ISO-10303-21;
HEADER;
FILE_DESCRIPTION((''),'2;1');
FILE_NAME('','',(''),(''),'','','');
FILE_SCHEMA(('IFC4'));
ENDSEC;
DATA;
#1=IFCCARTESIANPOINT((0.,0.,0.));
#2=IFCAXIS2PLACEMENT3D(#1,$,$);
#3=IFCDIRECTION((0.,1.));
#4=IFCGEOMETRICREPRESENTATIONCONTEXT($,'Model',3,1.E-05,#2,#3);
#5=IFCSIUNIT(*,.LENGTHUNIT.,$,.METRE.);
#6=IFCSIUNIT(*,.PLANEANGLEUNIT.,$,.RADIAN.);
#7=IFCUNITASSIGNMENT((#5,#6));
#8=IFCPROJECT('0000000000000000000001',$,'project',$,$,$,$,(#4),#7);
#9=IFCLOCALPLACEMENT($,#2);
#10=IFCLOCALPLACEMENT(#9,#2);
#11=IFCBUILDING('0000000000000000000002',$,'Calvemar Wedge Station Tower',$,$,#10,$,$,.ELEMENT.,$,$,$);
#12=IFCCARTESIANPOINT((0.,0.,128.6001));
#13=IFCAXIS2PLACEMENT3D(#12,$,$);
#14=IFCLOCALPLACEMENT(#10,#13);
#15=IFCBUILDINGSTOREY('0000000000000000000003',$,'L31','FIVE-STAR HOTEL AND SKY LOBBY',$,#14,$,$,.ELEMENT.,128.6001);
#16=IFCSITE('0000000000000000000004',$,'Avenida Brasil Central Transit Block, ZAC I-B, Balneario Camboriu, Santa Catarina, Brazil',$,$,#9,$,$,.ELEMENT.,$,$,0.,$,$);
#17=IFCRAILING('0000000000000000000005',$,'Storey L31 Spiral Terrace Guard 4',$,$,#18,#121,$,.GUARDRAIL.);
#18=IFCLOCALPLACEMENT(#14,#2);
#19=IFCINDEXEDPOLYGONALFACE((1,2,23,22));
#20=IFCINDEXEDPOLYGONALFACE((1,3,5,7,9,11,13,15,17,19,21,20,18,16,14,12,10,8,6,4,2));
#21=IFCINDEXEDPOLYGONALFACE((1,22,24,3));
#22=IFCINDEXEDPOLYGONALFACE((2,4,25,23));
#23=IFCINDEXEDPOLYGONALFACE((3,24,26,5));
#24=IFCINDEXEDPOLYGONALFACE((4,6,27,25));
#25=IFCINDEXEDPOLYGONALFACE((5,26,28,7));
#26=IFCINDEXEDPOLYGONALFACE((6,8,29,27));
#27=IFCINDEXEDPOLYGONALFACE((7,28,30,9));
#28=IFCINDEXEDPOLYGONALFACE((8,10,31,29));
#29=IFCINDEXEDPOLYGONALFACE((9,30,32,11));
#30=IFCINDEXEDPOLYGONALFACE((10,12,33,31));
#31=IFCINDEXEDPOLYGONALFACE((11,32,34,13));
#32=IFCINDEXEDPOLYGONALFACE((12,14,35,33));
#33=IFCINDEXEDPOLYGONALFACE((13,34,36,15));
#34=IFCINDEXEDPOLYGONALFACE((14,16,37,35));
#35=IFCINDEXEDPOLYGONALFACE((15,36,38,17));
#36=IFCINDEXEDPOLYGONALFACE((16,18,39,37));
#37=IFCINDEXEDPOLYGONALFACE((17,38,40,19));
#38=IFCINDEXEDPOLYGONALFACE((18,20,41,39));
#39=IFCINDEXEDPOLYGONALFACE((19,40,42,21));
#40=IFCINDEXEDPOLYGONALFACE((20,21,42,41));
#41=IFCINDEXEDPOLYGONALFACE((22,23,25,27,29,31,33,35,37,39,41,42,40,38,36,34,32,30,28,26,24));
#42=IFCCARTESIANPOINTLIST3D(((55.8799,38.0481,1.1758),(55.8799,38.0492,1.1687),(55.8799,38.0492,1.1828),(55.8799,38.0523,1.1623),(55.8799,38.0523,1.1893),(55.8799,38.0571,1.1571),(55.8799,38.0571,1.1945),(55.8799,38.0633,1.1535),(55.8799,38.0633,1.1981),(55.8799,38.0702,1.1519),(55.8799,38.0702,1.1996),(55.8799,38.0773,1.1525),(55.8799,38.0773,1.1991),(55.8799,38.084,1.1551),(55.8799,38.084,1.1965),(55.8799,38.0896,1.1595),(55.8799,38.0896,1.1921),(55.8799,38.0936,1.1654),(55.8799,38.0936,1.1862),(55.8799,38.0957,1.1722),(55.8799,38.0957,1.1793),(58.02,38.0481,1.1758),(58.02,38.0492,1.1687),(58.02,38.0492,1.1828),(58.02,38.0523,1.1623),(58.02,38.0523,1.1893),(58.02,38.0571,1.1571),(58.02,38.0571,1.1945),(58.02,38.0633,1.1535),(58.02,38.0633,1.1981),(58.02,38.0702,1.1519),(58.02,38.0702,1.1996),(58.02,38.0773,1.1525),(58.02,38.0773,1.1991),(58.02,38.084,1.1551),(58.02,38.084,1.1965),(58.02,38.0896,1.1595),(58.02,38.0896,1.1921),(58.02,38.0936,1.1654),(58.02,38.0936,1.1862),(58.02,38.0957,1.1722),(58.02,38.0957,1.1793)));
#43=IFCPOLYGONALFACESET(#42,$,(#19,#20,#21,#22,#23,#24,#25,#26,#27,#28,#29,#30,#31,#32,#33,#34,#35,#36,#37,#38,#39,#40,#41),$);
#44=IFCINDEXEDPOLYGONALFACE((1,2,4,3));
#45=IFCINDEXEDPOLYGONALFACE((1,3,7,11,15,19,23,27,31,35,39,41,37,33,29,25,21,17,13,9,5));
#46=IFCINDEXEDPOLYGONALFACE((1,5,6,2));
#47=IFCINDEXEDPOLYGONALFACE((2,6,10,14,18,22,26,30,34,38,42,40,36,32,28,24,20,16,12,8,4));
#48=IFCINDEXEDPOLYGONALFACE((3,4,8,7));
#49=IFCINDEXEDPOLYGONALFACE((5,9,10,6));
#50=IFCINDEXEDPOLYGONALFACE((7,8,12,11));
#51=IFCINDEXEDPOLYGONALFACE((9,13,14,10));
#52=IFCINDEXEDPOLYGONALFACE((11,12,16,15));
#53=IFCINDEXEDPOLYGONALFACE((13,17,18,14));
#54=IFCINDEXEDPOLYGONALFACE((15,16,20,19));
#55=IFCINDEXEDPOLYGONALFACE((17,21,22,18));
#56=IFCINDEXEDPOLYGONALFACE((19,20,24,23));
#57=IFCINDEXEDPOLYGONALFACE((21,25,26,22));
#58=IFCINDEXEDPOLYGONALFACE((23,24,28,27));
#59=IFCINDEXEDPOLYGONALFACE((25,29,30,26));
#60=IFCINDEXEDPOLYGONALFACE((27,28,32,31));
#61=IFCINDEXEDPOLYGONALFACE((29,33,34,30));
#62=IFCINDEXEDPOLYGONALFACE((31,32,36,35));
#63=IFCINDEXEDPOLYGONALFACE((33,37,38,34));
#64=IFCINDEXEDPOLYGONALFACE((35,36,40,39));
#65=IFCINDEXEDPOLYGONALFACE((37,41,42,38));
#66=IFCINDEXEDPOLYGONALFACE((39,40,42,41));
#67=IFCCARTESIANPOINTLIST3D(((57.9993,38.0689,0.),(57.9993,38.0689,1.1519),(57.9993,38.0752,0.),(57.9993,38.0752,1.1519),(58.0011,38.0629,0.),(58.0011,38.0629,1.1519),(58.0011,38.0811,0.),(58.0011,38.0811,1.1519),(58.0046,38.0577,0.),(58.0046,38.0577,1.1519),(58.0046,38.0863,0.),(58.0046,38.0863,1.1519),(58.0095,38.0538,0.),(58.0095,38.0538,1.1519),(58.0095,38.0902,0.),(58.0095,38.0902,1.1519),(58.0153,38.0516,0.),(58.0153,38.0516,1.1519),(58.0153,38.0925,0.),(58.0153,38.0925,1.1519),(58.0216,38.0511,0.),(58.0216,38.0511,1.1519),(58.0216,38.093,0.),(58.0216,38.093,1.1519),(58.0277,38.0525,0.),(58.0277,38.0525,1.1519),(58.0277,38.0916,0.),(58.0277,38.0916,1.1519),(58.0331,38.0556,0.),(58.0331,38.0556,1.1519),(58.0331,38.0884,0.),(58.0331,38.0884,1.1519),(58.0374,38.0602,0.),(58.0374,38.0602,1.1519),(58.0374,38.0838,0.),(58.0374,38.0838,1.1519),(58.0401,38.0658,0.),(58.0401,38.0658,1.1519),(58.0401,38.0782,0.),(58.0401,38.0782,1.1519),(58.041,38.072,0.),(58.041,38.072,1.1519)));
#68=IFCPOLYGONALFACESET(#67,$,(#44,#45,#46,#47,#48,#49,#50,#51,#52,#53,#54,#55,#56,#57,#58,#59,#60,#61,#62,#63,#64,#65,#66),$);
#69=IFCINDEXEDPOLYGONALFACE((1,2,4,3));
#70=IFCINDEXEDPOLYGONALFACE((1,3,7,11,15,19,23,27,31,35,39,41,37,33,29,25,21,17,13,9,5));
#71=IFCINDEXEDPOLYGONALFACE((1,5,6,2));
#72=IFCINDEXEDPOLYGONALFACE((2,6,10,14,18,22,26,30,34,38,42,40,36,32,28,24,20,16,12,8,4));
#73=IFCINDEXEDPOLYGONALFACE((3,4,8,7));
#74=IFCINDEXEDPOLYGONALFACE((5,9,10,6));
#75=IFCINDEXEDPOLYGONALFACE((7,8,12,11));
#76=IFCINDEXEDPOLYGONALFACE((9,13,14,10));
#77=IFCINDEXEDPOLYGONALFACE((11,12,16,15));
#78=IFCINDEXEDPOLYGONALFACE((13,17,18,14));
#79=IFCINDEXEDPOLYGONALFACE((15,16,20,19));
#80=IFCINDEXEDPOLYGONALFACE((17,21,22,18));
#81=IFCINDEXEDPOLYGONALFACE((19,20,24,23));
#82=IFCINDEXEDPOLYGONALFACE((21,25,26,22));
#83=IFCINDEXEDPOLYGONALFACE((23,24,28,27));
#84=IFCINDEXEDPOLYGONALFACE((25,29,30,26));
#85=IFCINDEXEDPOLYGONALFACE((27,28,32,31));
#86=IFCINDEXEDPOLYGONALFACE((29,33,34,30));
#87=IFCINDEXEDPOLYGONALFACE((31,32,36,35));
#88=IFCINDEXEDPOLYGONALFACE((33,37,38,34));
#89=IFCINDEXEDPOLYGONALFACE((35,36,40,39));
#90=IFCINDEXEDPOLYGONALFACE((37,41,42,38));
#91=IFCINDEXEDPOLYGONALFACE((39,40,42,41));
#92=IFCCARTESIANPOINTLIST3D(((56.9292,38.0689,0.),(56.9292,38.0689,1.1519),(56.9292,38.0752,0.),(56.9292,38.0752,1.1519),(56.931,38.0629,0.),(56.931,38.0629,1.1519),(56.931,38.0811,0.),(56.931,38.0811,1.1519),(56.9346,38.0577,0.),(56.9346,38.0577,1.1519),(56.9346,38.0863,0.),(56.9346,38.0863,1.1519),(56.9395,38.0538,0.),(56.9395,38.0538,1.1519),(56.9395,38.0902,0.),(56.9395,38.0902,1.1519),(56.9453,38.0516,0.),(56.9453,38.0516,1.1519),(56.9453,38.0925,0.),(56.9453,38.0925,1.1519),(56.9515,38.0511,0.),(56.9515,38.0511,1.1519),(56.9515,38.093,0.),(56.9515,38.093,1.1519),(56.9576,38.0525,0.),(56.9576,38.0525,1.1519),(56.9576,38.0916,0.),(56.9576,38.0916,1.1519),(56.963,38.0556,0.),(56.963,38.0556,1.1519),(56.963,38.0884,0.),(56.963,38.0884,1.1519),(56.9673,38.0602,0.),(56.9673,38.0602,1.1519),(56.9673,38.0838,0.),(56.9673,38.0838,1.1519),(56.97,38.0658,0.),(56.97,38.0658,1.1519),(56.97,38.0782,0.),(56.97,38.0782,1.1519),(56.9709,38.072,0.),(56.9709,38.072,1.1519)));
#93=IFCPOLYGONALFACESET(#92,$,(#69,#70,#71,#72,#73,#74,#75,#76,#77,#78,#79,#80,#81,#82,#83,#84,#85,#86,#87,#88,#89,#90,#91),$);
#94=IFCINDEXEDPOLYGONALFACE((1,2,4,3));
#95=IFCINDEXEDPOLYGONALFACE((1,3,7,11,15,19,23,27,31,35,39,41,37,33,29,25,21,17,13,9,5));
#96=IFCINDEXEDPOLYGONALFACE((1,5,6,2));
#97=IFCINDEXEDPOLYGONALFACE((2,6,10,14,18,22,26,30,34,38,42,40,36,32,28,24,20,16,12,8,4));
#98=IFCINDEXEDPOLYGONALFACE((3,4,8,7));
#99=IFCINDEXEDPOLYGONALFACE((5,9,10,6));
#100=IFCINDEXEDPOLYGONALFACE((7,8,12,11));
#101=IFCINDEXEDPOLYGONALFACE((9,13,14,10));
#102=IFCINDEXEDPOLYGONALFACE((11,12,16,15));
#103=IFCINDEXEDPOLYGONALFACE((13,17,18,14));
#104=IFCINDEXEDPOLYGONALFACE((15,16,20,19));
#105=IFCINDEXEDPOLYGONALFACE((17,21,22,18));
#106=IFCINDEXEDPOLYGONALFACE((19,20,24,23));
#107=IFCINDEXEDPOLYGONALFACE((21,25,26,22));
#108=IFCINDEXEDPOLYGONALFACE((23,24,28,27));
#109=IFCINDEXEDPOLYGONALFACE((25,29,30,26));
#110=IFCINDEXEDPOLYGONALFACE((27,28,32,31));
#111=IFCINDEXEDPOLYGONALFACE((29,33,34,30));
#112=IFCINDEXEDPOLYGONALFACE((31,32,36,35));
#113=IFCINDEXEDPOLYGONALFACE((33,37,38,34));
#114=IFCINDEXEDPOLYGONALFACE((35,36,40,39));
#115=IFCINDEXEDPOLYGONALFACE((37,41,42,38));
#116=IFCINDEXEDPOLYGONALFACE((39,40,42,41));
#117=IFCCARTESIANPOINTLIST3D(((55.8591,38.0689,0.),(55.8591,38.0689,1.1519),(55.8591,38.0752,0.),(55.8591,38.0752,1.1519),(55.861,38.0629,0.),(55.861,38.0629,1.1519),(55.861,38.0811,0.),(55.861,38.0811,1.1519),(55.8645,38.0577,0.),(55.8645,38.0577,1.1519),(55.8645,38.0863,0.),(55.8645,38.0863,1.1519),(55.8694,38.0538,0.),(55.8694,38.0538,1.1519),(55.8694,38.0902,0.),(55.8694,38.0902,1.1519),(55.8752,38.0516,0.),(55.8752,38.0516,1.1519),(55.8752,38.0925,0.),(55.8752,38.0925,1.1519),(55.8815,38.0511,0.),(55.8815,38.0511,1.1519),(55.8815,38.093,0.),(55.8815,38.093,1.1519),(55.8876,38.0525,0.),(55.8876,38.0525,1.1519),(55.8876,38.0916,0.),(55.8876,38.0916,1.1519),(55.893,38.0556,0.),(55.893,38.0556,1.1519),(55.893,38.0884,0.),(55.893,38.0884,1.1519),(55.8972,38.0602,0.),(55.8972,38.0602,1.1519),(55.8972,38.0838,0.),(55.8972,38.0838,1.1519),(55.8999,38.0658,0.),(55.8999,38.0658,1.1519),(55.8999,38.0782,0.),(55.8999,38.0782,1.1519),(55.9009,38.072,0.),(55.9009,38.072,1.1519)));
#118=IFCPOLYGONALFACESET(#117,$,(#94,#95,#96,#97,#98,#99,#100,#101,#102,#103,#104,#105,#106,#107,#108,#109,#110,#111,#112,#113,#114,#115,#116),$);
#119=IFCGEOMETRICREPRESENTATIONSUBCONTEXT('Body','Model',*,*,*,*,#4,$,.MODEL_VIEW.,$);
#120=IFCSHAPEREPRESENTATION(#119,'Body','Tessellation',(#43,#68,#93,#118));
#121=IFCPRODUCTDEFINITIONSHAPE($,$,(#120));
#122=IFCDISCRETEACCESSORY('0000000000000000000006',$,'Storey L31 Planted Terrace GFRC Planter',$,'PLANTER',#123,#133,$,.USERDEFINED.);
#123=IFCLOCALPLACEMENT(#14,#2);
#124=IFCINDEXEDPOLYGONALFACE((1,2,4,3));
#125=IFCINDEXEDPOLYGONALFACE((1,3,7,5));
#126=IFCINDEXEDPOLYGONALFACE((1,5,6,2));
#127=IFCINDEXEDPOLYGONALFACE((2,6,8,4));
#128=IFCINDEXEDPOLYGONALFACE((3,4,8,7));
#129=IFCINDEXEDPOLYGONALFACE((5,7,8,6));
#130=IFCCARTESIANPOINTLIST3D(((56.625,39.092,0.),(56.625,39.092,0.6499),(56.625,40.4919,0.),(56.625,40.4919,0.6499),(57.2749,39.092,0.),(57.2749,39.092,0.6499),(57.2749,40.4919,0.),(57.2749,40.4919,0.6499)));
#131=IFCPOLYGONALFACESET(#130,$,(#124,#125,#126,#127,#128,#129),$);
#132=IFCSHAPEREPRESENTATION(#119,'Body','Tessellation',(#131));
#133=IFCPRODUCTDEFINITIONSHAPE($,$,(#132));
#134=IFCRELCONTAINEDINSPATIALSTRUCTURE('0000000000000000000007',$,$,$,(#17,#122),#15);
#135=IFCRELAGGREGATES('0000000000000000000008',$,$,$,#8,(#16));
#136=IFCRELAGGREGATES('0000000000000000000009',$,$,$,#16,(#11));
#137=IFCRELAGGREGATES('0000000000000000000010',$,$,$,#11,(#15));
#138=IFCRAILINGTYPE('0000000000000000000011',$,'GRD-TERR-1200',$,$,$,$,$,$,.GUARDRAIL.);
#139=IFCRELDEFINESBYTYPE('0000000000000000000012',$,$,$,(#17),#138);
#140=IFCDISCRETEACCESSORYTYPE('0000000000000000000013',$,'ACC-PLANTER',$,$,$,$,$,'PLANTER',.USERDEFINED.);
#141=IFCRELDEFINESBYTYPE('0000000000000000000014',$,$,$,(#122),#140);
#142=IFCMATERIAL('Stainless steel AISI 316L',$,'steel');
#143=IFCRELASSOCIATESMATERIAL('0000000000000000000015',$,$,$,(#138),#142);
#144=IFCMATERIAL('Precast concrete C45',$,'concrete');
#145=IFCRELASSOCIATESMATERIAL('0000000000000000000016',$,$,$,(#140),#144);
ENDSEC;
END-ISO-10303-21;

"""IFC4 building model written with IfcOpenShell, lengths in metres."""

from ifc_helpers import new_model, si_unit, direction, frame, origin, origin_2d, place, context, subcontext, project, spatial, rectangle, circle, extrude, source, transform, mapped, material, type_object, element, save


model = new_model("IFC4")

# Units and contexts
model_context = context("Model", 3, precision=1e-05, world=origin(), true_north=direction((0.0, 1.0)))
body_context = subcontext(model_context, "Body", "Model", "MODEL_VIEW")
ifc_project = project(units=[si_unit("LENGTHUNIT", "METRE"), si_unit("PLANEANGLEUNIT", "RADIAN")], contexts=[model_context])

# Site, building, storey
site_placement = place(None, origin())
site = spatial("IfcSite", under=ifc_project, at=site_placement, Name="Avenida Brasil Central Transit Block, ZAC I-B, Balneario Camboriu, Santa Catarina, Brazil", CompositionType="ELEMENT", RefElevation=0.0)
building_placement = place(site_placement, origin())
building = spatial("IfcBuilding", under=site, at=building_placement, Name="Calvemar Wedge Station Tower", CompositionType="ELEMENT")
storey_placement = place(building_placement, frame((0.0, 0.0, 128.6001)))
storey = spatial("IfcBuildingStorey", under=building, at=storey_placement, Name="L31", Description="FIVE-STAR HOTEL AND SKY LOBBY", CompositionType="ELEMENT", Elevation=128.6001)

# Shared definitions
ifc_material_1 = material(Name="Precast concrete C45", Category="concrete")

# Railing
ifc_material_2 = material(Name="Stainless steel AISI 316L", Category="steel")
railing_type = type_object("IfcRailingType", Name="GRD-TERR-1200", PredefinedType="GUARDRAIL", material=ifc_material_2)
railing_1_placement = place(storey_placement, frame((58.02, 38.072, 0.0)))
element("IfcRailing", 1, at=railing_1_placement, inside=storey, type_object=railing_type, Name="Storey L31 Spiral Terrace Guard 4", PredefinedType="GUARDRAIL", context=body_context, shape_type="SweptSolid", body=[
    extrude(circle(Radius=0.0239, at=origin_2d()), frame((0.0, 0.0, 1.1758), z_axis=(-1.0, 0.0, 0.0), x_axis=(0.0, -1.0, 0.0)), (0.0, 0.0, 1.0), 2.1401),
    extrude(circle(Radius=0.021, at=origin_2d()), origin(), (0.0, 0.0, 1.0), 1.1519),
    extrude(circle(Radius=0.021, at=origin_2d()), frame((-1.0701, 0.0, 0.0)), (0.0, 0.0, 1.0), 1.1519),
    extrude(circle(Radius=0.021, at=origin_2d()), frame((-2.1401, 0.0, 0.0)), (0.0, 0.0, 1.0), 1.1519),
])

# Discrete accessory
discrete_accessory_type = type_object("IfcDiscreteAccessoryType", Name="ACC-PLANTER", ElementType="PLANTER", PredefinedType="USERDEFINED", material=ifc_material_1)
shared_shape_1 = source(origin(), body_context, "Body", "SweptSolid", [
    extrude(rectangle(XDim=0.6499, YDim=1.3999, at=origin_2d()), origin(), (0.0, 0.0, 1.0), 0.6499),
])
discrete_accessory_placement = place(storey_placement, frame((56.95, 39.792, 0.0), z_axis=(0.0, 0.0, 1.0), x_axis=(1.0, 0.0, 0.0)))
element("IfcDiscreteAccessory", 2, at=discrete_accessory_placement, inside=storey, type_object=discrete_accessory_type, Name="Storey L31 Planted Terrace GFRC Planter", ObjectType="PLANTER", PredefinedType="USERDEFINED", context=body_context, shape_type="MappedRepresentation", body=[
    mapped(shared_shape_1, transform((0.0, 0.0, 0.0), scale=1.0)),
])

save(model, "model.ifc")
